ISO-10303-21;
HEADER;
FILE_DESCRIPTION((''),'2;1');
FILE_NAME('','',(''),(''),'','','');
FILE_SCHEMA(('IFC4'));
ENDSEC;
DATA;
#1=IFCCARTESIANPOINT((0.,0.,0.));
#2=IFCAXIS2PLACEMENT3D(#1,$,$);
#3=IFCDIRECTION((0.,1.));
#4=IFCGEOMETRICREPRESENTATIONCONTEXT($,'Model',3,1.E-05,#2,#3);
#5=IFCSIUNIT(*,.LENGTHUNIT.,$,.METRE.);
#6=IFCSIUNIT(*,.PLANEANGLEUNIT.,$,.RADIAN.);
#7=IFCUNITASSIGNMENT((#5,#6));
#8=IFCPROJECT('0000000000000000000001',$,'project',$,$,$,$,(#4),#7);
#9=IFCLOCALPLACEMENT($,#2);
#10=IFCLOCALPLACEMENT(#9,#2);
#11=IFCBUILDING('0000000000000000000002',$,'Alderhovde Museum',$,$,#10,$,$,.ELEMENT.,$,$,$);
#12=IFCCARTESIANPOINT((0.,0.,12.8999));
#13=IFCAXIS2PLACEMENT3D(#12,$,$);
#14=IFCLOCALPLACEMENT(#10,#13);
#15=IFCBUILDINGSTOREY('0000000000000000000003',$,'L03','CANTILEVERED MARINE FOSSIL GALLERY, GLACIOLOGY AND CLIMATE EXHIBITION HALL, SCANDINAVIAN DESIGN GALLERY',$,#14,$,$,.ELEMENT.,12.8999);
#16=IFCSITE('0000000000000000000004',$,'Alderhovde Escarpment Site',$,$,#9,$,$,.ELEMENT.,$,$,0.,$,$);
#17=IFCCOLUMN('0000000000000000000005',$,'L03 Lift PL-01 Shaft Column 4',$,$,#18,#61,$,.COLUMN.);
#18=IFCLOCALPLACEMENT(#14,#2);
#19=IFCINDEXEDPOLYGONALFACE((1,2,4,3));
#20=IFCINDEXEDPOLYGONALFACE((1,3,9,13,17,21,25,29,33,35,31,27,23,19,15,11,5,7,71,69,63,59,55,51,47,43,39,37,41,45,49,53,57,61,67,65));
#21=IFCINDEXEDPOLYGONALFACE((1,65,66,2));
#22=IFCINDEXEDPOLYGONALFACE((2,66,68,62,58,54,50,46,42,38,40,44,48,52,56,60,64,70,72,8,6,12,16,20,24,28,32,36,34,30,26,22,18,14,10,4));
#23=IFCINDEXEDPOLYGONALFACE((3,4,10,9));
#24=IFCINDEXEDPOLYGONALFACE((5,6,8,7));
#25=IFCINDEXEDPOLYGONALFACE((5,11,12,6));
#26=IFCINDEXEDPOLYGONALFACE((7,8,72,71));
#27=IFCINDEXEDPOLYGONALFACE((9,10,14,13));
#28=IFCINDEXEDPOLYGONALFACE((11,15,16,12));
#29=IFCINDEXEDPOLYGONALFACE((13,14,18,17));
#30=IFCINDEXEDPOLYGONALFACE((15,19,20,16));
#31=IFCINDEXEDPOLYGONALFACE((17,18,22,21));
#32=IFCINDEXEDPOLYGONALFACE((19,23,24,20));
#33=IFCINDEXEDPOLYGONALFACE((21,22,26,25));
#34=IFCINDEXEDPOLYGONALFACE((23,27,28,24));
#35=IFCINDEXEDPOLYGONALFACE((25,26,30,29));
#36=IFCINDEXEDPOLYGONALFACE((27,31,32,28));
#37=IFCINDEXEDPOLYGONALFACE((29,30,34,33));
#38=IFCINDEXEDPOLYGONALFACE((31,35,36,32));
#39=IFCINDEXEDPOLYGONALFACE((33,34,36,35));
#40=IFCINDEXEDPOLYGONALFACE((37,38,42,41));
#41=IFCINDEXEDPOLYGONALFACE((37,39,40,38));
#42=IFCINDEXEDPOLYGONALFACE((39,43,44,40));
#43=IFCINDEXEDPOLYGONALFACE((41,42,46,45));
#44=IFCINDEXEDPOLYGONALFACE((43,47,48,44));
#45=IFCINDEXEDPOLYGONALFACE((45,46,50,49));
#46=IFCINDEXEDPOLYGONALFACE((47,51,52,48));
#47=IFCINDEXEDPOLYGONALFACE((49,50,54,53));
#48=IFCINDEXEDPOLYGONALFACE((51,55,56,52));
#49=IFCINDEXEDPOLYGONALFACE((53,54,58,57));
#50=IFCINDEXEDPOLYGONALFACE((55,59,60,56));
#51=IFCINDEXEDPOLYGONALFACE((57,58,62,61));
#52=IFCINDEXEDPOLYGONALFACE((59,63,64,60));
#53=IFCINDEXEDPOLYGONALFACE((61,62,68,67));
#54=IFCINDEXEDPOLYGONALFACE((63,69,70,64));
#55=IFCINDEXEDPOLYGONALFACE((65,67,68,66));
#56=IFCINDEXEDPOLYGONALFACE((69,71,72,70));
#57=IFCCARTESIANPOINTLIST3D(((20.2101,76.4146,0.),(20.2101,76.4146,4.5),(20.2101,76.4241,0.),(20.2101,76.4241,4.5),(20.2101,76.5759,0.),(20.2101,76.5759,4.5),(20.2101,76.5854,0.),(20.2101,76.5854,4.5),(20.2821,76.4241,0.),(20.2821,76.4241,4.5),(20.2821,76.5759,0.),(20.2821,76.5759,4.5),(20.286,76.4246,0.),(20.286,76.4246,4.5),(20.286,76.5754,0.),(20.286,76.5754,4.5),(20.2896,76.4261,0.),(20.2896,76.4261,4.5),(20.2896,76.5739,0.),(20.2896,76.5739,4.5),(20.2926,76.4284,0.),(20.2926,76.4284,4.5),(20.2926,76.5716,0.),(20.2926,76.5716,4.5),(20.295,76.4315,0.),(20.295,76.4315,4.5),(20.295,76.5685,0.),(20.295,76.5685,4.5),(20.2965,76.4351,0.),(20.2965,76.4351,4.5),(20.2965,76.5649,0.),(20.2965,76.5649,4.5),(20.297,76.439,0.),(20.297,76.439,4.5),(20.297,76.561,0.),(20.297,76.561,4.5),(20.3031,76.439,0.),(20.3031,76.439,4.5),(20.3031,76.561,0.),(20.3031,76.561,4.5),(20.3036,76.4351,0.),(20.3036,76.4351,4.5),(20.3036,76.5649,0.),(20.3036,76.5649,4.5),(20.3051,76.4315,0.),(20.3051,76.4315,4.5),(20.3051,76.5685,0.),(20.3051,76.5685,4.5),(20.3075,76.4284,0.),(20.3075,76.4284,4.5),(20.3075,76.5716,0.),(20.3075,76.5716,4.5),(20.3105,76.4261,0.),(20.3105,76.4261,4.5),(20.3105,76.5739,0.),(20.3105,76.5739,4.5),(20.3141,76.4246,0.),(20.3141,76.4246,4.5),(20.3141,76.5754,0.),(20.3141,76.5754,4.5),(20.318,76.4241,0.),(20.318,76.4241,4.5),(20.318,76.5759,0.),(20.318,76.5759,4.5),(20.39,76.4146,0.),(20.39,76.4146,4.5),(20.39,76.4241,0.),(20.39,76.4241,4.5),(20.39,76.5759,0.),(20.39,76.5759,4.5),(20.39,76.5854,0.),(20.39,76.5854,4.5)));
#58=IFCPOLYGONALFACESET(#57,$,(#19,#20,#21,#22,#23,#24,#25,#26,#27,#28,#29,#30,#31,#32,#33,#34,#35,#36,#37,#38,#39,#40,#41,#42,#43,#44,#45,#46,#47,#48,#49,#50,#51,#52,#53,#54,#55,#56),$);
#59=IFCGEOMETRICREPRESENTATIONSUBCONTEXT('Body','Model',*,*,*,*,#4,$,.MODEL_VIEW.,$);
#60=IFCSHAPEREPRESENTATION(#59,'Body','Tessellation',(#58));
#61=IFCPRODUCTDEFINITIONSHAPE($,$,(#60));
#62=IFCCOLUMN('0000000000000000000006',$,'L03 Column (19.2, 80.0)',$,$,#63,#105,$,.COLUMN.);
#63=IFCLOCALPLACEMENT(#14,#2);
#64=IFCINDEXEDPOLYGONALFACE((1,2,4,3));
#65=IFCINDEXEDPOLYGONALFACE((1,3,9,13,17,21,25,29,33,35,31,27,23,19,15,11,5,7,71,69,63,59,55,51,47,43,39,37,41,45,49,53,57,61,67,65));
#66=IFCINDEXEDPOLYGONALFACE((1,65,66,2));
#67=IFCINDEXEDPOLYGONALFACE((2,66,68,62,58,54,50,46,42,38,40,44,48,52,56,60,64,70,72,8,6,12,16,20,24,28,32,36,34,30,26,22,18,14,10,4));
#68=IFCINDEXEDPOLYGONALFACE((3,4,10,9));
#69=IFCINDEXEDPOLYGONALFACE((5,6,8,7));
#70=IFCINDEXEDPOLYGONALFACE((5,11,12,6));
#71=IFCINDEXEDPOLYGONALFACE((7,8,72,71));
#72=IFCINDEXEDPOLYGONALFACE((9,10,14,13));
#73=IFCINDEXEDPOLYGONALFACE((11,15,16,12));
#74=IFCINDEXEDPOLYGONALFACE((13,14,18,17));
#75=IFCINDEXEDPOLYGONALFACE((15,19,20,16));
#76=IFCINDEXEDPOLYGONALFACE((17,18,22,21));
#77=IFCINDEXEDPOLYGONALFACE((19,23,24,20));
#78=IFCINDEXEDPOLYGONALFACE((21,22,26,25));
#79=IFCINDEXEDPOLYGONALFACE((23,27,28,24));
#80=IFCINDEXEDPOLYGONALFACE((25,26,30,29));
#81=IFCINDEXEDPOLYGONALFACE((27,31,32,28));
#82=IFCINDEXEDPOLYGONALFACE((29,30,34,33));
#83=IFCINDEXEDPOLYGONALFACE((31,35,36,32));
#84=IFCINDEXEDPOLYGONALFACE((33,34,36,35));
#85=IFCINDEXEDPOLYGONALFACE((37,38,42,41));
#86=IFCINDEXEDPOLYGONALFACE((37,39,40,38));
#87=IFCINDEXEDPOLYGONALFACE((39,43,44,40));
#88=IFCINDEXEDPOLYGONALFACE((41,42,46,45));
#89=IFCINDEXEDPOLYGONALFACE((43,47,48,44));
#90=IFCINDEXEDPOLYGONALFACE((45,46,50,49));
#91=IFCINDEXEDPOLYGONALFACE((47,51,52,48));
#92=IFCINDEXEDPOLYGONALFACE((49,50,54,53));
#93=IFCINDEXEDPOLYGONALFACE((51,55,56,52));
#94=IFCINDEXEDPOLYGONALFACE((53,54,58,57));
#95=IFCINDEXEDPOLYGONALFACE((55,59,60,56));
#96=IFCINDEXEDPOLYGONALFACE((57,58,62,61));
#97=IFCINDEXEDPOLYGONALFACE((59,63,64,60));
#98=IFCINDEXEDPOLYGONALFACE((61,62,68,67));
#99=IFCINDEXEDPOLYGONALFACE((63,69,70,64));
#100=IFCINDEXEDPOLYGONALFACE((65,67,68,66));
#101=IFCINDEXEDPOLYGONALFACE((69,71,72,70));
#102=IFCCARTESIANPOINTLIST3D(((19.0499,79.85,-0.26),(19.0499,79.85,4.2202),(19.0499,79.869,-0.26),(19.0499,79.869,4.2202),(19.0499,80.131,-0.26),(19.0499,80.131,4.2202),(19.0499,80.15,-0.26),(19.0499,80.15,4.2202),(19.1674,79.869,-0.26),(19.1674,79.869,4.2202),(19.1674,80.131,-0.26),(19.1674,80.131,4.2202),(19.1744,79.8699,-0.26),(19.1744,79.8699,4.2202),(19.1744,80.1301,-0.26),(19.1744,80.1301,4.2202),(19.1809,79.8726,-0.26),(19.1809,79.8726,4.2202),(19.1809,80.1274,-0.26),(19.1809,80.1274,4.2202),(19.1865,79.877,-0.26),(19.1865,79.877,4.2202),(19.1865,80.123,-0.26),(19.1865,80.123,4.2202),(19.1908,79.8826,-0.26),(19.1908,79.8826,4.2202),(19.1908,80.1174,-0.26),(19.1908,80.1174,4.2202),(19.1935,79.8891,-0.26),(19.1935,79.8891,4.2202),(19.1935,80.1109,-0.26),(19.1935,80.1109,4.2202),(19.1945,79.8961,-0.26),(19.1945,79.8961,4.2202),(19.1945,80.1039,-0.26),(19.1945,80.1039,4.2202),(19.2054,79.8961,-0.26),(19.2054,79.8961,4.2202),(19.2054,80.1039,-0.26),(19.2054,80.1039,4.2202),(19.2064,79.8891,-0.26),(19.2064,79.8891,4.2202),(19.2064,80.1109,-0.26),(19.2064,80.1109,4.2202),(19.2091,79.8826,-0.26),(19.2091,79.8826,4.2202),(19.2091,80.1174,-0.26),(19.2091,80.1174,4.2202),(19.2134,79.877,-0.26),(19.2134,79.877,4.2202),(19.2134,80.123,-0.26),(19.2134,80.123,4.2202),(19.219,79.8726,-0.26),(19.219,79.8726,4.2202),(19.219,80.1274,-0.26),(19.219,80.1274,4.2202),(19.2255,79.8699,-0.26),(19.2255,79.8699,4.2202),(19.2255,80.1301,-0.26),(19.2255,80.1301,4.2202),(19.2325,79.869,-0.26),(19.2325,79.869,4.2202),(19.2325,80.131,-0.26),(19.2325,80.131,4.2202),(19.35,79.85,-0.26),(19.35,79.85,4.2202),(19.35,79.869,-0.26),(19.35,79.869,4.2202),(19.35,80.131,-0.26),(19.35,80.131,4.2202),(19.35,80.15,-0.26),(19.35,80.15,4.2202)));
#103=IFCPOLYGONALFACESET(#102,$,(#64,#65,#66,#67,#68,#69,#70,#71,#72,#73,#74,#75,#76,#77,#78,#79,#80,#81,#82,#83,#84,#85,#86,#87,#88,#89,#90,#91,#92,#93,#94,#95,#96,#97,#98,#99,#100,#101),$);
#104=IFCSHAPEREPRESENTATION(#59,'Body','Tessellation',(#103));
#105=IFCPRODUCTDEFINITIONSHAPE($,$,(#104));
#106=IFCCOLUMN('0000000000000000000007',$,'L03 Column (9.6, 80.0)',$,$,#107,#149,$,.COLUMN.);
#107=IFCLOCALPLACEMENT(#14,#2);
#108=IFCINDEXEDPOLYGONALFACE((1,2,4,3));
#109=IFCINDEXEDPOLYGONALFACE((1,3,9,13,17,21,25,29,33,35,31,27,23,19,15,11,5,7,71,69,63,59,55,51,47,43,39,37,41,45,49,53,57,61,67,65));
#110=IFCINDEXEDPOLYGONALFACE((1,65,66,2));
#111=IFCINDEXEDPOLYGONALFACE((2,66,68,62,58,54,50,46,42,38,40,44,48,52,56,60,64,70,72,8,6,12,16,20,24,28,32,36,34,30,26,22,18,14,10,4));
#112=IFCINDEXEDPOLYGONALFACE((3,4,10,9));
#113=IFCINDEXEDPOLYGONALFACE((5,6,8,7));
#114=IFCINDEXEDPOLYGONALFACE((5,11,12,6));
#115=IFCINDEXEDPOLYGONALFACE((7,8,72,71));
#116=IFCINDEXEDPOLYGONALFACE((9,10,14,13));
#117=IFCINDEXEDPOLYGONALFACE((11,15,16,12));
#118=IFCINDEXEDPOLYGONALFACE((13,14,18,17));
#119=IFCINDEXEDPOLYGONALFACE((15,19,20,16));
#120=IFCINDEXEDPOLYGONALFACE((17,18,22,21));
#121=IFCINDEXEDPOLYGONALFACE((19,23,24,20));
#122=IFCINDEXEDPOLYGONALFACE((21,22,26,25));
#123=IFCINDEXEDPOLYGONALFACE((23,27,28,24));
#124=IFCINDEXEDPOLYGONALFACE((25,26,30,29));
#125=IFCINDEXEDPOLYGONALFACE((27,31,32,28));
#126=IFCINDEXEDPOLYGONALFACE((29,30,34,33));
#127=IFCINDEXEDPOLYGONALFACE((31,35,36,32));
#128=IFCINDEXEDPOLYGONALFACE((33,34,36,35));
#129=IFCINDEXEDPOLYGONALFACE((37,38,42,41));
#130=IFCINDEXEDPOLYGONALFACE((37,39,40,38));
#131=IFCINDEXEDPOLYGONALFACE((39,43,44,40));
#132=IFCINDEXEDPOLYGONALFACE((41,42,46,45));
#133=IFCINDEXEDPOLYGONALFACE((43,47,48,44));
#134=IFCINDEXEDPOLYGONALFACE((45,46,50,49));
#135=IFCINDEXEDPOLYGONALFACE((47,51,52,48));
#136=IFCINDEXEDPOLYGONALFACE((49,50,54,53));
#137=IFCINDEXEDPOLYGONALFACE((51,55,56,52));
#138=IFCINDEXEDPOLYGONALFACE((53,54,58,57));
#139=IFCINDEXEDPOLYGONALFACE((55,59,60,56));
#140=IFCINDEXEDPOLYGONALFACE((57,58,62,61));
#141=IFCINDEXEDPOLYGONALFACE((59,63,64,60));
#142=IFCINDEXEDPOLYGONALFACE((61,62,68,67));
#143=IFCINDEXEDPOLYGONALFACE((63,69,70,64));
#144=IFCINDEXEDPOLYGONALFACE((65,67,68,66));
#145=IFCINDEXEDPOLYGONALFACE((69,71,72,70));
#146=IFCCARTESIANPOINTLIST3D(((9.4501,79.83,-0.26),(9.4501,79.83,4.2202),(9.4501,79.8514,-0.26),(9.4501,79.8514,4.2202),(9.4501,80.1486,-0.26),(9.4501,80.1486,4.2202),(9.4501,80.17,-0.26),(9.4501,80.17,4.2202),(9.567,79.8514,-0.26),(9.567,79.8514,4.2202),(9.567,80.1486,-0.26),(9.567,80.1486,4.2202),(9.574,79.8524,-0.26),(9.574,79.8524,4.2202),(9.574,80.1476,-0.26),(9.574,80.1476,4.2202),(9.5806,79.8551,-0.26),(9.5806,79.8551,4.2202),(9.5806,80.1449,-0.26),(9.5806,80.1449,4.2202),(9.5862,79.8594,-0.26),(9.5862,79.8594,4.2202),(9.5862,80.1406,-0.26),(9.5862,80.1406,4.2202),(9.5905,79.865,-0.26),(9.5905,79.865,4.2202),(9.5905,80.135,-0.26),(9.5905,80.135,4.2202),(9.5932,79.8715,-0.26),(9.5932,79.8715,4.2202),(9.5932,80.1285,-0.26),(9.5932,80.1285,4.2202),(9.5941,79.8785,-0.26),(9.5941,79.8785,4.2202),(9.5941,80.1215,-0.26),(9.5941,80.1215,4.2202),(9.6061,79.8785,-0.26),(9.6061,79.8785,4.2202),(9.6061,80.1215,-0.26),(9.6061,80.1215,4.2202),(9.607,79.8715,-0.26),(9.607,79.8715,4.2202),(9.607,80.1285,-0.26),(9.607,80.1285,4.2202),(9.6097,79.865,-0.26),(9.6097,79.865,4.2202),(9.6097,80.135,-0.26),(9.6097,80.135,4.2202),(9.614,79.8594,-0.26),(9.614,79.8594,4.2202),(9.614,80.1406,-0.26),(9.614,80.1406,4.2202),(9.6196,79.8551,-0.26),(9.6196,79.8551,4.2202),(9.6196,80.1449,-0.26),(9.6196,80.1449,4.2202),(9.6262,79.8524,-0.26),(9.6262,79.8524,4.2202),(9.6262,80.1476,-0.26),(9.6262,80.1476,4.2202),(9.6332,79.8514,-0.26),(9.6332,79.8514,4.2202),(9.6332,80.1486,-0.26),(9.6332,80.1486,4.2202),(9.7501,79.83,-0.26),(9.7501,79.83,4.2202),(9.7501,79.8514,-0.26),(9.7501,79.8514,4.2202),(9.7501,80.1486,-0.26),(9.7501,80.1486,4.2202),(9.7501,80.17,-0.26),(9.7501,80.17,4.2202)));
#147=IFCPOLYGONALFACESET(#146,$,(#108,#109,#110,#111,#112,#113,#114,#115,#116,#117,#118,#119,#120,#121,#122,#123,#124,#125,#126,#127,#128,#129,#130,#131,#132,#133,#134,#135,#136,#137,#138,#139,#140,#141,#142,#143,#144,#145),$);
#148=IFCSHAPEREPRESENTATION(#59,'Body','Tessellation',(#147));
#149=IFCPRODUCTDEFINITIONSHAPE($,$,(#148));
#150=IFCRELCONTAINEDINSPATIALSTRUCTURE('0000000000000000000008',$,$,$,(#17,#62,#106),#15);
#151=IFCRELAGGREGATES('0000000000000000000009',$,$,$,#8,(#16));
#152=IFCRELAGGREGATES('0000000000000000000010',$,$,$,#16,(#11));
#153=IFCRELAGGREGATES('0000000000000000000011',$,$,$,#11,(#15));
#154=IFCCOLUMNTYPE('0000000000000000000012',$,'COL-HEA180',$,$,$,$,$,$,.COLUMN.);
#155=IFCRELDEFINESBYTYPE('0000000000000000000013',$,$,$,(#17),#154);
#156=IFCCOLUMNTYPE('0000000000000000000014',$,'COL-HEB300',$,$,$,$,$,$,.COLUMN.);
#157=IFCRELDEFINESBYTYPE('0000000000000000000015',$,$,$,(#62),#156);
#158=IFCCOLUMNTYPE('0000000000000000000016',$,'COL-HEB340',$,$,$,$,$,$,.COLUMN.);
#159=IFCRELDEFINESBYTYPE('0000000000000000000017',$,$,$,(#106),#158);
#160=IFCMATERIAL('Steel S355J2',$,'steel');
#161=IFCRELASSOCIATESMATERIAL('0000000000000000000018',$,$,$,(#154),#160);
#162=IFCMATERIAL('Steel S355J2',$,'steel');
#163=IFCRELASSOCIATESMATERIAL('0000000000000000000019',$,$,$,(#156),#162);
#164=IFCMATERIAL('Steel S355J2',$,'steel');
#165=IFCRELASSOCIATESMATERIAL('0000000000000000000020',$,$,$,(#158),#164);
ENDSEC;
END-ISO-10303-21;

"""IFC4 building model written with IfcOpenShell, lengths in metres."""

from ifc_helpers import new_model, si_unit, direction, frame, origin, origin_2d, place, context, subcontext, project, spatial, i_section, extrude, material, material_profile, profile_set, type_object, element, save


model = new_model("IFC4")

# Units and contexts
model_context = context("Model", 3, precision=1e-05, world=origin(), true_north=direction((0.0, 1.0)))
body_context = subcontext(model_context, "Body", "Model", "MODEL_VIEW")
ifc_project = project(units=[si_unit("LENGTHUNIT", "METRE"), si_unit("PLANEANGLEUNIT", "RADIAN")], contexts=[model_context])

# Site, building, storey
site_placement = place(None, origin())
site = spatial("IfcSite", under=ifc_project, at=site_placement, Name="Alderhovde Escarpment Site", CompositionType="ELEMENT", RefElevation=0.0)
building_placement = place(site_placement, origin())
building = spatial("IfcBuilding", under=site, at=building_placement, Name="Alderhovde Museum", CompositionType="ELEMENT")
storey_placement = place(building_placement, frame((0.0, 0.0, 12.8999)))
storey = spatial("IfcBuildingStorey", under=building, at=storey_placement, Name="L03", Description="CANTILEVERED MARINE FOSSIL GALLERY, GLACIOLOGY AND CLIMATE EXHIBITION HALL, SCANDINAVIAN DESIGN GALLERY", CompositionType="ELEMENT", Elevation=12.8999)

# Columns
ifc_material_1 = material(Name="Steel S355J2", Category="steel")
ifc_material_profile_1 = material_profile(ifc_material_1, i_section(OverallWidth=0.1799, OverallDepth=0.1709, WebThickness=0.0061, FlangeThickness=0.0095, FilletRadius=0.0149, at=origin_2d()), Name="HEA 180")
ifc_profile_set_1 = profile_set([ifc_material_profile_1], Name="Steel S355J2")
column_type_1 = type_object("IfcColumnType", Name="COL-HEA180", PredefinedType="COLUMN", material=ifc_profile_set_1)
column_1_placement = place(storey_placement, frame((20.3, 76.5, 0.0), z_axis=(0.0, 0.0, 1.0), x_axis=(1.0, 0.0, 0.0)))
element("IfcColumn", 1, at=column_1_placement, inside=storey, type_object=column_type_1, Name="L03 Lift PL-01 Shaft Column 4", PredefinedType="COLUMN", context=body_context, shape_type="SweptSolid", body=[
    extrude(i_section(OverallWidth=0.1799, OverallDepth=0.1709, WebThickness=0.0061, FlangeThickness=0.0095, FilletRadius=0.0149, at=origin_2d()), origin(), (0.0, 0.0, 1.0), 4.5),
])
ifc_material_2 = material(Name="Steel S355J2", Category="steel")
ifc_material_profile_2 = material_profile(ifc_material_2, i_section(OverallWidth=0.3, OverallDepth=0.3, WebThickness=0.011, FlangeThickness=0.019, FilletRadius=0.0271, at=origin_2d()), Name="HEB 300")
ifc_profile_set_2 = profile_set([ifc_material_profile_2], Name="Steel S355J2")
column_type_2 = type_object("IfcColumnType", Name="COL-HEB300", PredefinedType="COLUMN", material=ifc_profile_set_2)
column_2_placement = place(storey_placement, frame((19.2, 80.0, -0.26), z_axis=(0.0, 0.0, 1.0), x_axis=(1.0, 0.0, 0.0)))
element("IfcColumn", 2, at=column_2_placement, inside=storey, type_object=column_type_2, Name="L03 Column (19.2, 80.0)", PredefinedType="COLUMN", context=body_context, shape_type="SweptSolid", body=[
    extrude(i_section(OverallWidth=0.3, OverallDepth=0.3, WebThickness=0.011, FlangeThickness=0.019, FilletRadius=0.0271, at=origin_2d()), origin(), (0.0, 0.0, 1.0), 4.4802),
])
ifc_material_3 = material(Name="Steel S355J2", Category="steel")
ifc_material_profile_3 = material_profile(ifc_material_3, i_section(OverallWidth=0.3, OverallDepth=0.3401, WebThickness=0.012, FlangeThickness=0.0215, FilletRadius=0.0271, at=origin_2d()), Name="HEB 340")
ifc_profile_set_3 = profile_set([ifc_material_profile_3], Name="Steel S355J2")
column_type_3 = type_object("IfcColumnType", Name="COL-HEB340", PredefinedType="COLUMN", material=ifc_profile_set_3)
column_3_placement = place(storey_placement, frame((9.6001, 80.0, -0.26), z_axis=(0.0, 0.0, 1.0), x_axis=(1.0, 0.0, 0.0)))
element("IfcColumn", 3, at=column_3_placement, inside=storey, type_object=column_type_3, Name="L03 Column (9.6, 80.0)", PredefinedType="COLUMN", context=body_context, shape_type="SweptSolid", body=[
    extrude(i_section(OverallWidth=0.3, OverallDepth=0.3401, WebThickness=0.012, FlangeThickness=0.0215, FilletRadius=0.0271, at=origin_2d()), origin(), (0.0, 0.0, 1.0), 4.4802),
])

save(model, "model.ifc")
